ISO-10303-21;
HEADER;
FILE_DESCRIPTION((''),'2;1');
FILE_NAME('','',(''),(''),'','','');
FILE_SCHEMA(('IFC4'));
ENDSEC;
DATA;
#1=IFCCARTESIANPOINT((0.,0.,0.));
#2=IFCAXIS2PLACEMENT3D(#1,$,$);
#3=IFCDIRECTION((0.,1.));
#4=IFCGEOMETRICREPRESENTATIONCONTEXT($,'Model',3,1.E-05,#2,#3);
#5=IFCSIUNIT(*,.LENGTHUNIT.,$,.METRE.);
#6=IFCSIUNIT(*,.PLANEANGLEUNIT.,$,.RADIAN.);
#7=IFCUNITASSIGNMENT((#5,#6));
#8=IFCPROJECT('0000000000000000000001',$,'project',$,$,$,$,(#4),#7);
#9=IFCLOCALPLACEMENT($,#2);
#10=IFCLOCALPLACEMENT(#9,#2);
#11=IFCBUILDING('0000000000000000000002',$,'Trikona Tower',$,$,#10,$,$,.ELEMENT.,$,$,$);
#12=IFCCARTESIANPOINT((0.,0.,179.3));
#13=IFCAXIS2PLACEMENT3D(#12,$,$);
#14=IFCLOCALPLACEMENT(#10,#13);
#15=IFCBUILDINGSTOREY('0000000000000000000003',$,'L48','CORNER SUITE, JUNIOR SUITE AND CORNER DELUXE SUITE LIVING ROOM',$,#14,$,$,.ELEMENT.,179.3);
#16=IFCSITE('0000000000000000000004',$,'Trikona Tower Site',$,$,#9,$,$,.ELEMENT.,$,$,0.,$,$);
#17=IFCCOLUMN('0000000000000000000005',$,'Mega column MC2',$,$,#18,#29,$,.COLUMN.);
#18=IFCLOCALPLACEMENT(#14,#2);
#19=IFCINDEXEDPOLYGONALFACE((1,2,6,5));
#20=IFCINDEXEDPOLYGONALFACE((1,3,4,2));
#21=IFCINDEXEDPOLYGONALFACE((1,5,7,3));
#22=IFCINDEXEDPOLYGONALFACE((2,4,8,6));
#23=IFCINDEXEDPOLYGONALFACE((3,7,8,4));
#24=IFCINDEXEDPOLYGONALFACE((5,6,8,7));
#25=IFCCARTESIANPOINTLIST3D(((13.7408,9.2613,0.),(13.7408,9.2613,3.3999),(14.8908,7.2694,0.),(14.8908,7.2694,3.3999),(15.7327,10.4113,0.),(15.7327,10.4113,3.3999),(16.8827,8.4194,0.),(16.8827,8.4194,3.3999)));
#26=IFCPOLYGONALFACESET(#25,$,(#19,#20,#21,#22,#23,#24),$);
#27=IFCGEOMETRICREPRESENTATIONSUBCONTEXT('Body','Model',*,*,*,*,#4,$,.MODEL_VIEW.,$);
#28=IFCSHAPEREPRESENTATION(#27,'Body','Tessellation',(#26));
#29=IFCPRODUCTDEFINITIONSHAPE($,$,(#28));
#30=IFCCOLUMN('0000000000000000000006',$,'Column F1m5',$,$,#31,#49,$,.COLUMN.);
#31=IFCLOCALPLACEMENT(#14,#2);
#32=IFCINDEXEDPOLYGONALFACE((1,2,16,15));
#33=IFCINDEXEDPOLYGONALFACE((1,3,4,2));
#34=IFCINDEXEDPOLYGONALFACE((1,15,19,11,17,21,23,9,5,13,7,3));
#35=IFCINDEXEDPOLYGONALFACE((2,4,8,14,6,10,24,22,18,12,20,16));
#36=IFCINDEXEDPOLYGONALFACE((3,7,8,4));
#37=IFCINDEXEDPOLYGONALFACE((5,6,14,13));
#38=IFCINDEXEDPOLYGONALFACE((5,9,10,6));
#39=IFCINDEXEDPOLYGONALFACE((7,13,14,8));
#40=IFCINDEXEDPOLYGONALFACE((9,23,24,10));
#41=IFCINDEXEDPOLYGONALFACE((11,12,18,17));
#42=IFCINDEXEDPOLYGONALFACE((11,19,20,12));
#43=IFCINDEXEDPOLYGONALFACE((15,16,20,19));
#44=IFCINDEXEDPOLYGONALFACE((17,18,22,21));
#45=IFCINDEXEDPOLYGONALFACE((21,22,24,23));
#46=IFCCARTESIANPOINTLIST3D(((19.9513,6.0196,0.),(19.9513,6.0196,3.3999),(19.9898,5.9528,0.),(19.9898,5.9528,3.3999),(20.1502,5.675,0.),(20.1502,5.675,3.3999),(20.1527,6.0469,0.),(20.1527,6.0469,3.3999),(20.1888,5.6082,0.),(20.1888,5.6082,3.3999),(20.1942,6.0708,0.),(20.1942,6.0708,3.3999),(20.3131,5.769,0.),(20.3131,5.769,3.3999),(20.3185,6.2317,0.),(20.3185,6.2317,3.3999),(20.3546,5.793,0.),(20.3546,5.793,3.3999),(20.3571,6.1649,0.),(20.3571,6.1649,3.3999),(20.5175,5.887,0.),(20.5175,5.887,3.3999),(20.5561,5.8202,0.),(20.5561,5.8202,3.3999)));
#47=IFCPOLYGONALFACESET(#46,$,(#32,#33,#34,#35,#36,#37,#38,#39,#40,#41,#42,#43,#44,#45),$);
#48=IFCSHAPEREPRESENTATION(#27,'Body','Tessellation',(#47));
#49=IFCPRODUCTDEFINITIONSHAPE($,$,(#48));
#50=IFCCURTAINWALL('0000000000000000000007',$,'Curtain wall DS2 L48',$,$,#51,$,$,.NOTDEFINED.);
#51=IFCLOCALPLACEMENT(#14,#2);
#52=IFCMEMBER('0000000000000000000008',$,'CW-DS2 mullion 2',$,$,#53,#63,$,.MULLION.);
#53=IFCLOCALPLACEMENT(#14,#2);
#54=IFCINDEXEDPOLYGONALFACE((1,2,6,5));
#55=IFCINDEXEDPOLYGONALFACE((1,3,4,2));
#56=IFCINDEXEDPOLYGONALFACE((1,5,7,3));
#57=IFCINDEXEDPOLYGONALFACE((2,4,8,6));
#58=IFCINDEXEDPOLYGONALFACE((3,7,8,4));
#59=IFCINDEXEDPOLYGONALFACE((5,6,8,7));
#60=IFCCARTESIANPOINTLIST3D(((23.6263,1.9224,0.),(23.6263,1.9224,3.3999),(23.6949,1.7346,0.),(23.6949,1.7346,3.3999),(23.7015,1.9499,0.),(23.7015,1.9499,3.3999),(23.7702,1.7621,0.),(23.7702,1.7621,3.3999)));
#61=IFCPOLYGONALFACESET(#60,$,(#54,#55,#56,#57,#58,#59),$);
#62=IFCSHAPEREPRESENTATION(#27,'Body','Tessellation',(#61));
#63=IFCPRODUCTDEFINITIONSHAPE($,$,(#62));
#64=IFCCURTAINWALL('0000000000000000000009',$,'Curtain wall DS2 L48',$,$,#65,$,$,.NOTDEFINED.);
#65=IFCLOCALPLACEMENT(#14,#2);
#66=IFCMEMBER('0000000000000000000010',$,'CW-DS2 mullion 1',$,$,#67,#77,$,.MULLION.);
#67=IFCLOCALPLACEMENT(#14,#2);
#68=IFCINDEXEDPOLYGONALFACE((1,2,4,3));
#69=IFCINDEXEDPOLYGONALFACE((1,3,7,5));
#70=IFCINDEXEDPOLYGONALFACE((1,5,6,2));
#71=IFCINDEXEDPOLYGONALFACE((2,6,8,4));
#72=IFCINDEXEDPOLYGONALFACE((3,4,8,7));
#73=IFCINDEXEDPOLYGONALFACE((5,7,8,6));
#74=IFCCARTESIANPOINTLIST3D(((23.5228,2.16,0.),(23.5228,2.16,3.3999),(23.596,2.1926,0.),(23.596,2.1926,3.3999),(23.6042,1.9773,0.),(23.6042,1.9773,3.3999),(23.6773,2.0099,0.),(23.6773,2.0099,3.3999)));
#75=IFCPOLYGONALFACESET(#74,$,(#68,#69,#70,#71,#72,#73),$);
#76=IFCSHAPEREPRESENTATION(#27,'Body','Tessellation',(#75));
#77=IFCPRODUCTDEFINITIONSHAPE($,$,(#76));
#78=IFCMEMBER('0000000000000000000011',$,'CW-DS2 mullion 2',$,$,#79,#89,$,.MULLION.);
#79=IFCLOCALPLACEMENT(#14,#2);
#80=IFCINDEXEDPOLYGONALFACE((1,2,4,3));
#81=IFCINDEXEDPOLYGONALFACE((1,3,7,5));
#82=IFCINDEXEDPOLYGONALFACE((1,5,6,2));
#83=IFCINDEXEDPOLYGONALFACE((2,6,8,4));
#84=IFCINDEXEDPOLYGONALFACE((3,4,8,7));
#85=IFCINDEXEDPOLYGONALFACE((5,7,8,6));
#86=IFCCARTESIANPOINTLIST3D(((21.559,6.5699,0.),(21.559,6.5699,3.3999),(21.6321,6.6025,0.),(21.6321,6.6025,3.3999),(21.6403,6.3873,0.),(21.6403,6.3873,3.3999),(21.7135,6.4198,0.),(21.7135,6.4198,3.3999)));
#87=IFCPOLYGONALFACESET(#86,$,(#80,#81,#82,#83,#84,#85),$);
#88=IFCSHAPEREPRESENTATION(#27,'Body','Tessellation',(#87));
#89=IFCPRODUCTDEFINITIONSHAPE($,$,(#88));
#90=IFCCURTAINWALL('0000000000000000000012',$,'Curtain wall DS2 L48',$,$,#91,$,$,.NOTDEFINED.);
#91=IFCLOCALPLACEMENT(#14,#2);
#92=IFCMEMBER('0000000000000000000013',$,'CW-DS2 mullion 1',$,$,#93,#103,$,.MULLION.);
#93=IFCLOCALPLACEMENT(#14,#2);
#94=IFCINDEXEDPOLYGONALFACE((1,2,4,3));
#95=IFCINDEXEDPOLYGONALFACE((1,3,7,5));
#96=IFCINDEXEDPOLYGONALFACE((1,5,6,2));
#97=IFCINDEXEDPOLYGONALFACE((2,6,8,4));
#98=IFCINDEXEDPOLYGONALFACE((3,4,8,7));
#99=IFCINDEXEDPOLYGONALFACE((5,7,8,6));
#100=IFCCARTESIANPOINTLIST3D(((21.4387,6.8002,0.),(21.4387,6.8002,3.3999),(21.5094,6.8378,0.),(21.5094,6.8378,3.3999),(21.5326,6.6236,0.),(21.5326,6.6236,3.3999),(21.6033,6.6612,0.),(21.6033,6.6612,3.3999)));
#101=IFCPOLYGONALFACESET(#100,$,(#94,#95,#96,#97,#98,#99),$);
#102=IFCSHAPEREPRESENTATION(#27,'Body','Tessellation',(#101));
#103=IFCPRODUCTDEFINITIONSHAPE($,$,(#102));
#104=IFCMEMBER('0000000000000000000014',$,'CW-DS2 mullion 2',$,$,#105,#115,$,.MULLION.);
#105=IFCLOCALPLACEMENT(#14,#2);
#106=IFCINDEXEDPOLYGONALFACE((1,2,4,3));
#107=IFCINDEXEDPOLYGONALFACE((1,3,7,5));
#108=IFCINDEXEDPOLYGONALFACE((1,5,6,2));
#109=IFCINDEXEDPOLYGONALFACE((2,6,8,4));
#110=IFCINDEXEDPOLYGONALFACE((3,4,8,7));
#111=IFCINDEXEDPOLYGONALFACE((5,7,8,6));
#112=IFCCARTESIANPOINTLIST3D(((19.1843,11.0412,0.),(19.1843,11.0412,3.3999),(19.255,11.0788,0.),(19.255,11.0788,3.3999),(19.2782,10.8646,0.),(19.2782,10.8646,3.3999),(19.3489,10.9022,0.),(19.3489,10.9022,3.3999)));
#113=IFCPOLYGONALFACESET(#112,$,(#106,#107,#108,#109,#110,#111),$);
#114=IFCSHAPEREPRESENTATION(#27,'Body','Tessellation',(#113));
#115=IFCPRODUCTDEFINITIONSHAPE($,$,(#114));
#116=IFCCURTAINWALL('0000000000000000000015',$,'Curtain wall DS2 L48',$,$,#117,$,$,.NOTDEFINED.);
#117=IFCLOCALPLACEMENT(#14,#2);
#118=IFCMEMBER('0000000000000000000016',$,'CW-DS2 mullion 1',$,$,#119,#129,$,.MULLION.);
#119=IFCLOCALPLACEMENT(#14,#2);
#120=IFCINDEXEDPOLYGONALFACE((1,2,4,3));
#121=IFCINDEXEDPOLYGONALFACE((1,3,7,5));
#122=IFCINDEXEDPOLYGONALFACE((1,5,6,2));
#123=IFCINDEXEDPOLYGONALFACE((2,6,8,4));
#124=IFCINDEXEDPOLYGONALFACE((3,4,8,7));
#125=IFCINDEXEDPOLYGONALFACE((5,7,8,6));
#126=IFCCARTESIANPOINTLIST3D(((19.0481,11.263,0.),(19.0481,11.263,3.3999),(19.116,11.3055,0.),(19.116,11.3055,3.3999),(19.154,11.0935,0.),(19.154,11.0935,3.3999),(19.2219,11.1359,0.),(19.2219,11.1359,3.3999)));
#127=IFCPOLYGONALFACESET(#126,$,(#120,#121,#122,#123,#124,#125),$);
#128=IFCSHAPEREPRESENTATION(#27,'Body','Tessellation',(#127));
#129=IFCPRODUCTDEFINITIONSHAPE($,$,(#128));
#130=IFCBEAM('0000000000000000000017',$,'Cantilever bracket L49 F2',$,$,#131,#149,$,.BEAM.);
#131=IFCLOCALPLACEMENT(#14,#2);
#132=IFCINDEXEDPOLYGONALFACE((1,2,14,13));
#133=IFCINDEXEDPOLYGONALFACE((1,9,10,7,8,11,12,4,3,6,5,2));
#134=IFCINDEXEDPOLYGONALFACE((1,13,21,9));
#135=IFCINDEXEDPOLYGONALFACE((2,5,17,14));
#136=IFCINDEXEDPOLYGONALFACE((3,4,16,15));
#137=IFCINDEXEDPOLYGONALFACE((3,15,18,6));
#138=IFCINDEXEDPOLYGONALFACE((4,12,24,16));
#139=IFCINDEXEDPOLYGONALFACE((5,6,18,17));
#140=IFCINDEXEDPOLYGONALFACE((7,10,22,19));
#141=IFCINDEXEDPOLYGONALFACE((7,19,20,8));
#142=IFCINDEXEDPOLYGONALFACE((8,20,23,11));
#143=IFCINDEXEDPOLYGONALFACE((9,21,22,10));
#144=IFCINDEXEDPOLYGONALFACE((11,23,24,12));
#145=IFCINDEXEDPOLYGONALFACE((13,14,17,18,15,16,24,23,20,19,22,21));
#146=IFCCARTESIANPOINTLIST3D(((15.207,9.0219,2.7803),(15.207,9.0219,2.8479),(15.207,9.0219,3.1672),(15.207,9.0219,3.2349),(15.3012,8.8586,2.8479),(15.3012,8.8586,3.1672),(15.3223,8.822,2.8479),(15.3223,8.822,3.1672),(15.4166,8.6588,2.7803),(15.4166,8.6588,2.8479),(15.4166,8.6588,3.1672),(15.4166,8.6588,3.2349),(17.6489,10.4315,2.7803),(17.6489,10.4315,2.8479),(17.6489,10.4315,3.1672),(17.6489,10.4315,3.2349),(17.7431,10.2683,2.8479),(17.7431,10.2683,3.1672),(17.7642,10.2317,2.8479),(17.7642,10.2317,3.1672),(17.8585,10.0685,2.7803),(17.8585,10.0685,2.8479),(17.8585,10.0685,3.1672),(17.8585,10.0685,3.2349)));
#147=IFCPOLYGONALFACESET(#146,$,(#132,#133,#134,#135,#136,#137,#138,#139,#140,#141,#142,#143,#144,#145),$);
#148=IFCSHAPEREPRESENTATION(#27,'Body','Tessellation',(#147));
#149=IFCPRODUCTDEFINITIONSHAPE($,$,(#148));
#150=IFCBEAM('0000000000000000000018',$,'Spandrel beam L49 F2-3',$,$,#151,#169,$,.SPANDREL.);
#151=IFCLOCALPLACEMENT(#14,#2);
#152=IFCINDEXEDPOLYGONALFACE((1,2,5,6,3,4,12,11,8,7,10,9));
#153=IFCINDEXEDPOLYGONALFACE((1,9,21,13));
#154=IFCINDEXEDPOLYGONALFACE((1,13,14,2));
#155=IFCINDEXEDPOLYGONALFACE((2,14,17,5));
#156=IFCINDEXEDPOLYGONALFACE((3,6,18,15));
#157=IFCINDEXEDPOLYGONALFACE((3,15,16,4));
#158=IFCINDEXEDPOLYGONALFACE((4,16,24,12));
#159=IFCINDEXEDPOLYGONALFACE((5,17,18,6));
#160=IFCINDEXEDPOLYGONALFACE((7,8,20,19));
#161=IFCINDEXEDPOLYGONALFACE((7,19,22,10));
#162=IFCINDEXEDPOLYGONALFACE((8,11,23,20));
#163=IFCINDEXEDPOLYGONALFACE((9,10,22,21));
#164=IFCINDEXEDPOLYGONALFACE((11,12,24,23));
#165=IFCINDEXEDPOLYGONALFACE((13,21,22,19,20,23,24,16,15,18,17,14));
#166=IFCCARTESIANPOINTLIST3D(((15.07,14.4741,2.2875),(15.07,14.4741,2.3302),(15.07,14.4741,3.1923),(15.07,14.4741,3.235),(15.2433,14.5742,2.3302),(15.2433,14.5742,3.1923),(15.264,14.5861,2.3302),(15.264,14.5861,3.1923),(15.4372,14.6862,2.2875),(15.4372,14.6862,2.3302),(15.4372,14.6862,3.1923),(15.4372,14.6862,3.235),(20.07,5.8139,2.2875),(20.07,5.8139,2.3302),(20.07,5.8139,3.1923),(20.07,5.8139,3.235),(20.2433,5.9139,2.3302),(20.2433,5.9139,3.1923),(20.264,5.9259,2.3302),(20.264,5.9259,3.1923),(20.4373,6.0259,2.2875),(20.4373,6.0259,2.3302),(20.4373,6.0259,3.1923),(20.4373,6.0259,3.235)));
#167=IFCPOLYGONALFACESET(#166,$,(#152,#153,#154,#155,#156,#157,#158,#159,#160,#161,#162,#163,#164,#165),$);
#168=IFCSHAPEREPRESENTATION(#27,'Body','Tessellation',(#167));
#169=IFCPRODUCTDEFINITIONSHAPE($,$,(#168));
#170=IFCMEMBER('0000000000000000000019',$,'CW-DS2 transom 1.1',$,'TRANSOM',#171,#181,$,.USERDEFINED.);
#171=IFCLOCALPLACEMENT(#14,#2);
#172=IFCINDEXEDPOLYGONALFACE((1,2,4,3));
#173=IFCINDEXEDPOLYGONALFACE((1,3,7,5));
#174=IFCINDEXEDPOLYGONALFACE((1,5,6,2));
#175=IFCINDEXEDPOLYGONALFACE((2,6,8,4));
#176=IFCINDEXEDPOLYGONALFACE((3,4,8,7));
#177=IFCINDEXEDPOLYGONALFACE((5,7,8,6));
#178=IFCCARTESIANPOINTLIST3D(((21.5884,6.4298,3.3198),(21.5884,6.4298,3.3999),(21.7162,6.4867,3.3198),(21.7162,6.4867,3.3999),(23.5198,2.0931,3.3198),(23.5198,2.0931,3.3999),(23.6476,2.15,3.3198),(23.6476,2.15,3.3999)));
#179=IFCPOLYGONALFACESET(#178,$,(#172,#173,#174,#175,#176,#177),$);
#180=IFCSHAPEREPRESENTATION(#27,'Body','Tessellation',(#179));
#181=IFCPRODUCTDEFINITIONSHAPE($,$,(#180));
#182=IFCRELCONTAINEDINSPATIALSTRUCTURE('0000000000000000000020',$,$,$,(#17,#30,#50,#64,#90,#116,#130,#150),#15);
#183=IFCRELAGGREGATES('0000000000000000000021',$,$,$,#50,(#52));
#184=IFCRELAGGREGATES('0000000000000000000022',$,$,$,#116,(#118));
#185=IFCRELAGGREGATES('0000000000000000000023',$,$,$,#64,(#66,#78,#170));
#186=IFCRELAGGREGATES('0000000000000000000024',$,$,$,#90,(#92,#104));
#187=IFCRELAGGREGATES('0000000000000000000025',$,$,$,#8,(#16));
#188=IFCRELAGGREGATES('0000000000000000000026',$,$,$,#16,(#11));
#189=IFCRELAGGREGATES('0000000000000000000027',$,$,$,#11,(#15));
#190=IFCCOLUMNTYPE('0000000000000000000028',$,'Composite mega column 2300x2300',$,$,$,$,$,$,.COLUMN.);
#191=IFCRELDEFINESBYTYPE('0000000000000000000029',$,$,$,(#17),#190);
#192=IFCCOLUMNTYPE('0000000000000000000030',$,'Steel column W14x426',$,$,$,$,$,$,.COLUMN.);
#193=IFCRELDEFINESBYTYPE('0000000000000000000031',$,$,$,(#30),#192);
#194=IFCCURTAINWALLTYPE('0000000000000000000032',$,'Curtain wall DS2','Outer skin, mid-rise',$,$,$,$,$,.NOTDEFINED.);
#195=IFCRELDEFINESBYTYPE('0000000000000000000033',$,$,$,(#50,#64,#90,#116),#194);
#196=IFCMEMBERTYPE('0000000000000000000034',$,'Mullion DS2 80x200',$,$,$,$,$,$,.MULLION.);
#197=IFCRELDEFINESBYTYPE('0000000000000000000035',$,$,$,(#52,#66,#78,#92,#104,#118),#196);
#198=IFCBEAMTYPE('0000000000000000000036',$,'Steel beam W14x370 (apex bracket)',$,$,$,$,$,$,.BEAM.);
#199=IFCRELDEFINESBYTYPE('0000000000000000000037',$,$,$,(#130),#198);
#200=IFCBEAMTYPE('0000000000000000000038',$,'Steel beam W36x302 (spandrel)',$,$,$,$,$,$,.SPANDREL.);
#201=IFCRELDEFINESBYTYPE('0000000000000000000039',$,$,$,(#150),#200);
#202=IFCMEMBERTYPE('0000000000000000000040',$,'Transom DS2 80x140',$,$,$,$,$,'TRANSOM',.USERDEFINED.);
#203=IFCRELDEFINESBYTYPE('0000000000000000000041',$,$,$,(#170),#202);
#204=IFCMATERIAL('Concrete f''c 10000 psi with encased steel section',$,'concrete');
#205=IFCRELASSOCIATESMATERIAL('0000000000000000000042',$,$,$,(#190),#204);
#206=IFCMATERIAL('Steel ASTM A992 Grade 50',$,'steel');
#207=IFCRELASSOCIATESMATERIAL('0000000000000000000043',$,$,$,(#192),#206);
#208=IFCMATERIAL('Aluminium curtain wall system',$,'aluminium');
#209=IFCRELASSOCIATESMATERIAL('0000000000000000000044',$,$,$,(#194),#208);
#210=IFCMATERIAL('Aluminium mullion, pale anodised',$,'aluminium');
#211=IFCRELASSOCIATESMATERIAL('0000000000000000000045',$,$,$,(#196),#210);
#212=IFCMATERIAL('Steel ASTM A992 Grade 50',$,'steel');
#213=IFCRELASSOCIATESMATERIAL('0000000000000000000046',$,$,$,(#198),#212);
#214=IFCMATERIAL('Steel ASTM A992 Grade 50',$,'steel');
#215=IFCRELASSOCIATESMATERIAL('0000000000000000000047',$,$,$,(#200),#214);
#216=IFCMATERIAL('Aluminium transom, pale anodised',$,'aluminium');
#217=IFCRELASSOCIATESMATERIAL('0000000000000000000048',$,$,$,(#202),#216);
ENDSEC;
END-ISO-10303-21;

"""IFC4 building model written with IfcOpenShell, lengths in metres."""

from ifc_helpers import new_model, si_unit, direction, frame, origin, origin_2d, place, context, subcontext, project, spatial, rectangle, i_section, extrude, material, material_profile, profile_set, type_object, element, aggregate, save


model = new_model("IFC4")

# Units and contexts
model_context = context("Model", 3, precision=1e-05, world=origin(), true_north=direction((0.0, 1.0)))
body_context = subcontext(model_context, "Body", "Model", "MODEL_VIEW")
ifc_project = project(units=[si_unit("LENGTHUNIT", "METRE"), si_unit("PLANEANGLEUNIT", "RADIAN")], contexts=[model_context])

# Site, building, storey
site_placement = place(None, origin())
site = spatial("IfcSite", under=ifc_project, at=site_placement, Name="Trikona Tower Site", CompositionType="ELEMENT", RefElevation=0.0)
building_placement = place(site_placement, origin())
building = spatial("IfcBuilding", under=site, at=building_placement, Name="Trikona Tower", CompositionType="ELEMENT")
storey_placement = place(building_placement, frame((0.0, 0.0, 179.3)))
storey = spatial("IfcBuildingStorey", under=building, at=storey_placement, Name="L48", Description="CORNER SUITE, JUNIOR SUITE AND CORNER DELUXE SUITE LIVING ROOM", CompositionType="ELEMENT", Elevation=179.3)

# Columns
ifc_material_1 = material(Name="Concrete f'c 10000 psi with encased steel section", Category="concrete")
ifc_material_profile_1 = material_profile(ifc_material_1, rectangle(XDim=2.3, YDim=2.3, at=origin_2d()), Name="MC2300")
ifc_profile_set_1 = profile_set([ifc_material_profile_1], Name="Concrete f'c 10000 psi with encased steel section")
column_type_1 = type_object("IfcColumnType", Name="Composite mega column 2300x2300", PredefinedType="COLUMN", material=ifc_profile_set_1)
column_1_placement = place(storey_placement, frame((15.3118, 8.8403, 0.0), z_axis=(0.0, 0.0, 1.0), x_axis=(0.866025, 0.5, 0.0)))
element("IfcColumn", 1, at=column_1_placement, inside=storey, type_object=column_type_1, Name="Mega column MC2", PredefinedType="COLUMN", context=body_context, shape_type="SweptSolid", body=[
    extrude(rectangle(XDim=2.3, YDim=2.3, at=origin_2d()), origin(), (0.0, 0.0, 1.0), 3.3999),
])
ifc_material_2 = material(Name="Steel ASTM A992 Grade 50", Category="steel")
ifc_material_profile_2 = material_profile(ifc_material_2, i_section(OverallWidth=0.4241, OverallDepth=0.4751, WebThickness=0.0479, FlangeThickness=0.0771, at=origin_2d()), Name="W14X426")
ifc_profile_set_2 = profile_set([ifc_material_profile_2], Name="Steel ASTM A992 Grade 50")
column_type_2 = type_object("IfcColumnType", Name="Steel column W14x426", PredefinedType="COLUMN", material=ifc_profile_set_2)
column_2_placement = place(storey_placement, frame((20.2537, 5.9199, 0.0), z_axis=(0.0, 0.0, 1.0), x_axis=(0.866025, 0.5, 0.0)))
element("IfcColumn", 2, at=column_2_placement, inside=storey, type_object=column_type_2, Name="Column F1m5", PredefinedType="COLUMN", context=body_context, shape_type="SweptSolid", body=[
    extrude(i_section(OverallWidth=0.4241, OverallDepth=0.4751, WebThickness=0.0479, FlangeThickness=0.0771, at=origin_2d()), origin(), (0.0, 0.0, 1.0), 3.3999),
])

# Curtain wall, member
ifc_material_3 = material(Name="Aluminium curtain wall system", Category="aluminium")
curtain_wall_type = type_object("IfcCurtainWallType", Name="Curtain wall DS2", Description="Outer skin, mid-rise", PredefinedType="NOTDEFINED", material=ifc_material_3)
curtain_wall_1_placement = place(storey_placement, origin())
curtain_wall_1 = element("IfcCurtainWall", 3, at=curtain_wall_1_placement, inside=storey, type_object=curtain_wall_type, Name="Curtain wall DS2 L48", PredefinedType="NOTDEFINED")
ifc_material_4 = material(Name="Aluminium mullion, pale anodised", Category="aluminium")
ifc_material_profile_3 = material_profile(ifc_material_4, rectangle(XDim=0.0801, YDim=0.2, at=origin_2d()), Name="MUL-DS2")
ifc_profile_set_3 = profile_set([ifc_material_profile_3], Name="Aluminium mullion, pale anodised")
member_type_1 = type_object("IfcMemberType", Name="Mullion DS2 80x200", PredefinedType="MULLION", material=ifc_profile_set_3)
member_1_placement = place(storey_placement, frame((23.6982, 1.8423, 0.0), z_axis=(0.0, 0.0, 1.0), x_axis=(-0.939254, -0.343223, 0.0)))
member_1 = element("IfcMember", 4, at=member_1_placement, type_object=member_type_1, Name="CW-DS2 mullion 2", PredefinedType="MULLION", context=body_context, shape_type="SweptSolid", body=[
    extrude(rectangle(XDim=0.0801, YDim=0.2, at=origin_2d()), origin(), (0.0, 0.0, 1.0), 3.3999),
])
aggregate(curtain_wall_1, [member_1])

# Curtain walls, members
curtain_wall_2_placement = place(storey_placement, origin())
curtain_wall_2 = element("IfcCurtainWall", 5, at=curtain_wall_2_placement, inside=storey, type_object=curtain_wall_type, Name="Curtain wall DS2 L48", PredefinedType="NOTDEFINED")
member_2_placement = place(storey_placement, frame((23.6001, 2.085, 0.0), z_axis=(0.0, 0.0, 1.0), x_axis=(-0.913501, -0.406836, 0.0)))
member_2 = element("IfcMember", 6, at=member_2_placement, type_object=member_type_1, Name="CW-DS2 mullion 1", PredefinedType="MULLION", context=body_context, shape_type="SweptSolid", body=[
    extrude(rectangle(XDim=0.0801, YDim=0.2, at=origin_2d()), origin(), (0.0, 0.0, 1.0), 3.3999),
])
member_3_placement = place(storey_placement, frame((21.6362, 6.4949, 0.0), z_axis=(0.0, 0.0, 1.0), x_axis=(-0.913501, -0.406836, 0.0)))
member_3 = element("IfcMember", 7, at=member_3_placement, type_object=member_type_1, Name="CW-DS2 mullion 2", PredefinedType="MULLION", context=body_context, shape_type="SweptSolid", body=[
    extrude(rectangle(XDim=0.0801, YDim=0.2, at=origin_2d()), origin(), (0.0, 0.0, 1.0), 3.3999),
])
curtain_wall_3_placement = place(storey_placement, origin())
curtain_wall_3 = element("IfcCurtainWall", 8, at=curtain_wall_3_placement, inside=storey, type_object=curtain_wall_type, Name="Curtain wall DS2 L48", PredefinedType="NOTDEFINED")
member_4_placement = place(storey_placement, frame((21.521, 6.7307, 0.0), z_axis=(0.0, 0.0, 1.0), x_axis=(-0.882996, -0.46938, 0.0)))
member_4 = element("IfcMember", 9, at=member_4_placement, type_object=member_type_1, Name="CW-DS2 mullion 1", PredefinedType="MULLION", context=body_context, shape_type="SweptSolid", body=[
    extrude(rectangle(XDim=0.0801, YDim=0.2, at=origin_2d()), origin(), (0.0, 0.0, 1.0), 3.3999),
])
member_5_placement = place(storey_placement, frame((19.2666, 10.9717, 0.0), z_axis=(0.0, 0.0, 1.0), x_axis=(-0.882996, -0.46938, 0.0)))
member_5 = element("IfcMember", 10, at=member_5_placement, type_object=member_type_1, Name="CW-DS2 mullion 2", PredefinedType="MULLION", context=body_context, shape_type="SweptSolid", body=[
    extrude(rectangle(XDim=0.0801, YDim=0.2, at=origin_2d()), origin(), (0.0, 0.0, 1.0), 3.3999),
])

# Curtain wall, member
curtain_wall_4_placement = place(storey_placement, origin())
curtain_wall_4 = element("IfcCurtainWall", 11, at=curtain_wall_4_placement, inside=storey, type_object=curtain_wall_type, Name="Curtain wall DS2 L48", PredefinedType="NOTDEFINED")
member_6_placement = place(storey_placement, frame((19.135, 11.1995, 0.0), z_axis=(0.0, 0.0, 1.0), x_axis=(-0.847998, -0.529999, 0.0)))
member_6 = element("IfcMember", 12, at=member_6_placement, type_object=member_type_1, Name="CW-DS2 mullion 1", PredefinedType="MULLION", context=body_context, shape_type="SweptSolid", body=[
    extrude(rectangle(XDim=0.0801, YDim=0.2, at=origin_2d()), origin(), (0.0, 0.0, 1.0), 3.3999),
])

# Beams
ifc_material_5 = material(Name="Steel ASTM A992 Grade 50", Category="steel")
ifc_material_profile_4 = material_profile(ifc_material_5, i_section(OverallWidth=0.4192, OverallDepth=0.4546, WebThickness=0.0422, FlangeThickness=0.0676, at=origin_2d()), Name="W14X370")
ifc_profile_set_4 = profile_set([ifc_material_profile_4], Name="Steel ASTM A992 Grade 50")
beam_type_1 = type_object("IfcBeamType", Name="Steel beam W14x370 (apex bracket)", PredefinedType="BEAM", material=ifc_profile_set_4)
beam_1_placement = place(storey_placement, frame((15.3118, 8.8403, 3.0076), z_axis=(0.86605, 0.499957, 0.0), x_axis=(-0.499957, 0.86605, 0.0)))
element("IfcBeam", 13, at=beam_1_placement, inside=storey, type_object=beam_type_1, Name="Cantilever bracket L49 F2", PredefinedType="BEAM", context=body_context, shape_type="SweptSolid", body=[
    extrude(i_section(OverallWidth=0.4192, OverallDepth=0.4546, WebThickness=0.0422, FlangeThickness=0.0676, at=origin_2d()), origin(), (0.0, 0.0, 1.0), 2.8196),
])
ifc_material_6 = material(Name="Steel ASTM A992 Grade 50", Category="steel")
ifc_material_profile_5 = material_profile(ifc_material_6, i_section(OverallWidth=0.4241, OverallDepth=0.9475, WebThickness=0.0239, FlangeThickness=0.0427, at=origin_2d()), Name="W36X302")
ifc_profile_set_5 = profile_set([ifc_material_profile_5], Name="Steel ASTM A992 Grade 50")
beam_type_2 = type_object("IfcBeamType", Name="Steel beam W36x302 (spandrel)", PredefinedType="SPANDREL", material=ifc_profile_set_5)
beam_2_placement = place(storey_placement, frame((20.2537, 5.9199, 2.7612), z_axis=(-0.500004, 0.866023, 0.0), x_axis=(-0.866023, -0.500004, 0.0)))
element("IfcBeam", 14, at=beam_2_placement, inside=storey, type_object=beam_type_2, Name="Spandrel beam L49 F2-3", PredefinedType="SPANDREL", context=body_context, shape_type="SweptSolid", body=[
    extrude(i_section(OverallWidth=0.4241, OverallDepth=0.9475, WebThickness=0.0239, FlangeThickness=0.0427, at=origin_2d()), origin(), (0.0, 0.0, 1.0), 10.0),
])

# Member
ifc_material_7 = material(Name="Aluminium transom, pale anodised", Category="aluminium")
ifc_material_profile_6 = material_profile(ifc_material_7, rectangle(XDim=0.1399, YDim=0.0801, at=origin_2d()), Name="TRN-DS2")
ifc_profile_set_6 = profile_set([ifc_material_profile_6], Name="Aluminium transom, pale anodised")
member_type_2 = type_object("IfcMemberType", Name="Transom DS2 80x140", ElementType="TRANSOM", PredefinedType="USERDEFINED", material=ifc_profile_set_6)
member_7_placement = place(storey_placement, frame((23.5837, 2.1216, 3.3599), z_axis=(-0.40684, 0.9135, 0.0), x_axis=(-0.9135, -0.40684, 0.0)))
member_7 = element("IfcMember", 15, at=member_7_placement, type_object=member_type_2, Name="CW-DS2 transom 1.1", ObjectType="TRANSOM", PredefinedType="USERDEFINED", context=body_context, shape_type="SweptSolid", body=[
    extrude(rectangle(XDim=0.1399, YDim=0.0801, at=origin_2d()), origin(), (0.0, 0.0, 1.0), 4.7473),
])
aggregate(curtain_wall_4, [member_6])

aggregate(curtain_wall_2, [member_2, member_3, member_7])
aggregate(curtain_wall_3, [member_4, member_5])

save(model, "model.ifc")
